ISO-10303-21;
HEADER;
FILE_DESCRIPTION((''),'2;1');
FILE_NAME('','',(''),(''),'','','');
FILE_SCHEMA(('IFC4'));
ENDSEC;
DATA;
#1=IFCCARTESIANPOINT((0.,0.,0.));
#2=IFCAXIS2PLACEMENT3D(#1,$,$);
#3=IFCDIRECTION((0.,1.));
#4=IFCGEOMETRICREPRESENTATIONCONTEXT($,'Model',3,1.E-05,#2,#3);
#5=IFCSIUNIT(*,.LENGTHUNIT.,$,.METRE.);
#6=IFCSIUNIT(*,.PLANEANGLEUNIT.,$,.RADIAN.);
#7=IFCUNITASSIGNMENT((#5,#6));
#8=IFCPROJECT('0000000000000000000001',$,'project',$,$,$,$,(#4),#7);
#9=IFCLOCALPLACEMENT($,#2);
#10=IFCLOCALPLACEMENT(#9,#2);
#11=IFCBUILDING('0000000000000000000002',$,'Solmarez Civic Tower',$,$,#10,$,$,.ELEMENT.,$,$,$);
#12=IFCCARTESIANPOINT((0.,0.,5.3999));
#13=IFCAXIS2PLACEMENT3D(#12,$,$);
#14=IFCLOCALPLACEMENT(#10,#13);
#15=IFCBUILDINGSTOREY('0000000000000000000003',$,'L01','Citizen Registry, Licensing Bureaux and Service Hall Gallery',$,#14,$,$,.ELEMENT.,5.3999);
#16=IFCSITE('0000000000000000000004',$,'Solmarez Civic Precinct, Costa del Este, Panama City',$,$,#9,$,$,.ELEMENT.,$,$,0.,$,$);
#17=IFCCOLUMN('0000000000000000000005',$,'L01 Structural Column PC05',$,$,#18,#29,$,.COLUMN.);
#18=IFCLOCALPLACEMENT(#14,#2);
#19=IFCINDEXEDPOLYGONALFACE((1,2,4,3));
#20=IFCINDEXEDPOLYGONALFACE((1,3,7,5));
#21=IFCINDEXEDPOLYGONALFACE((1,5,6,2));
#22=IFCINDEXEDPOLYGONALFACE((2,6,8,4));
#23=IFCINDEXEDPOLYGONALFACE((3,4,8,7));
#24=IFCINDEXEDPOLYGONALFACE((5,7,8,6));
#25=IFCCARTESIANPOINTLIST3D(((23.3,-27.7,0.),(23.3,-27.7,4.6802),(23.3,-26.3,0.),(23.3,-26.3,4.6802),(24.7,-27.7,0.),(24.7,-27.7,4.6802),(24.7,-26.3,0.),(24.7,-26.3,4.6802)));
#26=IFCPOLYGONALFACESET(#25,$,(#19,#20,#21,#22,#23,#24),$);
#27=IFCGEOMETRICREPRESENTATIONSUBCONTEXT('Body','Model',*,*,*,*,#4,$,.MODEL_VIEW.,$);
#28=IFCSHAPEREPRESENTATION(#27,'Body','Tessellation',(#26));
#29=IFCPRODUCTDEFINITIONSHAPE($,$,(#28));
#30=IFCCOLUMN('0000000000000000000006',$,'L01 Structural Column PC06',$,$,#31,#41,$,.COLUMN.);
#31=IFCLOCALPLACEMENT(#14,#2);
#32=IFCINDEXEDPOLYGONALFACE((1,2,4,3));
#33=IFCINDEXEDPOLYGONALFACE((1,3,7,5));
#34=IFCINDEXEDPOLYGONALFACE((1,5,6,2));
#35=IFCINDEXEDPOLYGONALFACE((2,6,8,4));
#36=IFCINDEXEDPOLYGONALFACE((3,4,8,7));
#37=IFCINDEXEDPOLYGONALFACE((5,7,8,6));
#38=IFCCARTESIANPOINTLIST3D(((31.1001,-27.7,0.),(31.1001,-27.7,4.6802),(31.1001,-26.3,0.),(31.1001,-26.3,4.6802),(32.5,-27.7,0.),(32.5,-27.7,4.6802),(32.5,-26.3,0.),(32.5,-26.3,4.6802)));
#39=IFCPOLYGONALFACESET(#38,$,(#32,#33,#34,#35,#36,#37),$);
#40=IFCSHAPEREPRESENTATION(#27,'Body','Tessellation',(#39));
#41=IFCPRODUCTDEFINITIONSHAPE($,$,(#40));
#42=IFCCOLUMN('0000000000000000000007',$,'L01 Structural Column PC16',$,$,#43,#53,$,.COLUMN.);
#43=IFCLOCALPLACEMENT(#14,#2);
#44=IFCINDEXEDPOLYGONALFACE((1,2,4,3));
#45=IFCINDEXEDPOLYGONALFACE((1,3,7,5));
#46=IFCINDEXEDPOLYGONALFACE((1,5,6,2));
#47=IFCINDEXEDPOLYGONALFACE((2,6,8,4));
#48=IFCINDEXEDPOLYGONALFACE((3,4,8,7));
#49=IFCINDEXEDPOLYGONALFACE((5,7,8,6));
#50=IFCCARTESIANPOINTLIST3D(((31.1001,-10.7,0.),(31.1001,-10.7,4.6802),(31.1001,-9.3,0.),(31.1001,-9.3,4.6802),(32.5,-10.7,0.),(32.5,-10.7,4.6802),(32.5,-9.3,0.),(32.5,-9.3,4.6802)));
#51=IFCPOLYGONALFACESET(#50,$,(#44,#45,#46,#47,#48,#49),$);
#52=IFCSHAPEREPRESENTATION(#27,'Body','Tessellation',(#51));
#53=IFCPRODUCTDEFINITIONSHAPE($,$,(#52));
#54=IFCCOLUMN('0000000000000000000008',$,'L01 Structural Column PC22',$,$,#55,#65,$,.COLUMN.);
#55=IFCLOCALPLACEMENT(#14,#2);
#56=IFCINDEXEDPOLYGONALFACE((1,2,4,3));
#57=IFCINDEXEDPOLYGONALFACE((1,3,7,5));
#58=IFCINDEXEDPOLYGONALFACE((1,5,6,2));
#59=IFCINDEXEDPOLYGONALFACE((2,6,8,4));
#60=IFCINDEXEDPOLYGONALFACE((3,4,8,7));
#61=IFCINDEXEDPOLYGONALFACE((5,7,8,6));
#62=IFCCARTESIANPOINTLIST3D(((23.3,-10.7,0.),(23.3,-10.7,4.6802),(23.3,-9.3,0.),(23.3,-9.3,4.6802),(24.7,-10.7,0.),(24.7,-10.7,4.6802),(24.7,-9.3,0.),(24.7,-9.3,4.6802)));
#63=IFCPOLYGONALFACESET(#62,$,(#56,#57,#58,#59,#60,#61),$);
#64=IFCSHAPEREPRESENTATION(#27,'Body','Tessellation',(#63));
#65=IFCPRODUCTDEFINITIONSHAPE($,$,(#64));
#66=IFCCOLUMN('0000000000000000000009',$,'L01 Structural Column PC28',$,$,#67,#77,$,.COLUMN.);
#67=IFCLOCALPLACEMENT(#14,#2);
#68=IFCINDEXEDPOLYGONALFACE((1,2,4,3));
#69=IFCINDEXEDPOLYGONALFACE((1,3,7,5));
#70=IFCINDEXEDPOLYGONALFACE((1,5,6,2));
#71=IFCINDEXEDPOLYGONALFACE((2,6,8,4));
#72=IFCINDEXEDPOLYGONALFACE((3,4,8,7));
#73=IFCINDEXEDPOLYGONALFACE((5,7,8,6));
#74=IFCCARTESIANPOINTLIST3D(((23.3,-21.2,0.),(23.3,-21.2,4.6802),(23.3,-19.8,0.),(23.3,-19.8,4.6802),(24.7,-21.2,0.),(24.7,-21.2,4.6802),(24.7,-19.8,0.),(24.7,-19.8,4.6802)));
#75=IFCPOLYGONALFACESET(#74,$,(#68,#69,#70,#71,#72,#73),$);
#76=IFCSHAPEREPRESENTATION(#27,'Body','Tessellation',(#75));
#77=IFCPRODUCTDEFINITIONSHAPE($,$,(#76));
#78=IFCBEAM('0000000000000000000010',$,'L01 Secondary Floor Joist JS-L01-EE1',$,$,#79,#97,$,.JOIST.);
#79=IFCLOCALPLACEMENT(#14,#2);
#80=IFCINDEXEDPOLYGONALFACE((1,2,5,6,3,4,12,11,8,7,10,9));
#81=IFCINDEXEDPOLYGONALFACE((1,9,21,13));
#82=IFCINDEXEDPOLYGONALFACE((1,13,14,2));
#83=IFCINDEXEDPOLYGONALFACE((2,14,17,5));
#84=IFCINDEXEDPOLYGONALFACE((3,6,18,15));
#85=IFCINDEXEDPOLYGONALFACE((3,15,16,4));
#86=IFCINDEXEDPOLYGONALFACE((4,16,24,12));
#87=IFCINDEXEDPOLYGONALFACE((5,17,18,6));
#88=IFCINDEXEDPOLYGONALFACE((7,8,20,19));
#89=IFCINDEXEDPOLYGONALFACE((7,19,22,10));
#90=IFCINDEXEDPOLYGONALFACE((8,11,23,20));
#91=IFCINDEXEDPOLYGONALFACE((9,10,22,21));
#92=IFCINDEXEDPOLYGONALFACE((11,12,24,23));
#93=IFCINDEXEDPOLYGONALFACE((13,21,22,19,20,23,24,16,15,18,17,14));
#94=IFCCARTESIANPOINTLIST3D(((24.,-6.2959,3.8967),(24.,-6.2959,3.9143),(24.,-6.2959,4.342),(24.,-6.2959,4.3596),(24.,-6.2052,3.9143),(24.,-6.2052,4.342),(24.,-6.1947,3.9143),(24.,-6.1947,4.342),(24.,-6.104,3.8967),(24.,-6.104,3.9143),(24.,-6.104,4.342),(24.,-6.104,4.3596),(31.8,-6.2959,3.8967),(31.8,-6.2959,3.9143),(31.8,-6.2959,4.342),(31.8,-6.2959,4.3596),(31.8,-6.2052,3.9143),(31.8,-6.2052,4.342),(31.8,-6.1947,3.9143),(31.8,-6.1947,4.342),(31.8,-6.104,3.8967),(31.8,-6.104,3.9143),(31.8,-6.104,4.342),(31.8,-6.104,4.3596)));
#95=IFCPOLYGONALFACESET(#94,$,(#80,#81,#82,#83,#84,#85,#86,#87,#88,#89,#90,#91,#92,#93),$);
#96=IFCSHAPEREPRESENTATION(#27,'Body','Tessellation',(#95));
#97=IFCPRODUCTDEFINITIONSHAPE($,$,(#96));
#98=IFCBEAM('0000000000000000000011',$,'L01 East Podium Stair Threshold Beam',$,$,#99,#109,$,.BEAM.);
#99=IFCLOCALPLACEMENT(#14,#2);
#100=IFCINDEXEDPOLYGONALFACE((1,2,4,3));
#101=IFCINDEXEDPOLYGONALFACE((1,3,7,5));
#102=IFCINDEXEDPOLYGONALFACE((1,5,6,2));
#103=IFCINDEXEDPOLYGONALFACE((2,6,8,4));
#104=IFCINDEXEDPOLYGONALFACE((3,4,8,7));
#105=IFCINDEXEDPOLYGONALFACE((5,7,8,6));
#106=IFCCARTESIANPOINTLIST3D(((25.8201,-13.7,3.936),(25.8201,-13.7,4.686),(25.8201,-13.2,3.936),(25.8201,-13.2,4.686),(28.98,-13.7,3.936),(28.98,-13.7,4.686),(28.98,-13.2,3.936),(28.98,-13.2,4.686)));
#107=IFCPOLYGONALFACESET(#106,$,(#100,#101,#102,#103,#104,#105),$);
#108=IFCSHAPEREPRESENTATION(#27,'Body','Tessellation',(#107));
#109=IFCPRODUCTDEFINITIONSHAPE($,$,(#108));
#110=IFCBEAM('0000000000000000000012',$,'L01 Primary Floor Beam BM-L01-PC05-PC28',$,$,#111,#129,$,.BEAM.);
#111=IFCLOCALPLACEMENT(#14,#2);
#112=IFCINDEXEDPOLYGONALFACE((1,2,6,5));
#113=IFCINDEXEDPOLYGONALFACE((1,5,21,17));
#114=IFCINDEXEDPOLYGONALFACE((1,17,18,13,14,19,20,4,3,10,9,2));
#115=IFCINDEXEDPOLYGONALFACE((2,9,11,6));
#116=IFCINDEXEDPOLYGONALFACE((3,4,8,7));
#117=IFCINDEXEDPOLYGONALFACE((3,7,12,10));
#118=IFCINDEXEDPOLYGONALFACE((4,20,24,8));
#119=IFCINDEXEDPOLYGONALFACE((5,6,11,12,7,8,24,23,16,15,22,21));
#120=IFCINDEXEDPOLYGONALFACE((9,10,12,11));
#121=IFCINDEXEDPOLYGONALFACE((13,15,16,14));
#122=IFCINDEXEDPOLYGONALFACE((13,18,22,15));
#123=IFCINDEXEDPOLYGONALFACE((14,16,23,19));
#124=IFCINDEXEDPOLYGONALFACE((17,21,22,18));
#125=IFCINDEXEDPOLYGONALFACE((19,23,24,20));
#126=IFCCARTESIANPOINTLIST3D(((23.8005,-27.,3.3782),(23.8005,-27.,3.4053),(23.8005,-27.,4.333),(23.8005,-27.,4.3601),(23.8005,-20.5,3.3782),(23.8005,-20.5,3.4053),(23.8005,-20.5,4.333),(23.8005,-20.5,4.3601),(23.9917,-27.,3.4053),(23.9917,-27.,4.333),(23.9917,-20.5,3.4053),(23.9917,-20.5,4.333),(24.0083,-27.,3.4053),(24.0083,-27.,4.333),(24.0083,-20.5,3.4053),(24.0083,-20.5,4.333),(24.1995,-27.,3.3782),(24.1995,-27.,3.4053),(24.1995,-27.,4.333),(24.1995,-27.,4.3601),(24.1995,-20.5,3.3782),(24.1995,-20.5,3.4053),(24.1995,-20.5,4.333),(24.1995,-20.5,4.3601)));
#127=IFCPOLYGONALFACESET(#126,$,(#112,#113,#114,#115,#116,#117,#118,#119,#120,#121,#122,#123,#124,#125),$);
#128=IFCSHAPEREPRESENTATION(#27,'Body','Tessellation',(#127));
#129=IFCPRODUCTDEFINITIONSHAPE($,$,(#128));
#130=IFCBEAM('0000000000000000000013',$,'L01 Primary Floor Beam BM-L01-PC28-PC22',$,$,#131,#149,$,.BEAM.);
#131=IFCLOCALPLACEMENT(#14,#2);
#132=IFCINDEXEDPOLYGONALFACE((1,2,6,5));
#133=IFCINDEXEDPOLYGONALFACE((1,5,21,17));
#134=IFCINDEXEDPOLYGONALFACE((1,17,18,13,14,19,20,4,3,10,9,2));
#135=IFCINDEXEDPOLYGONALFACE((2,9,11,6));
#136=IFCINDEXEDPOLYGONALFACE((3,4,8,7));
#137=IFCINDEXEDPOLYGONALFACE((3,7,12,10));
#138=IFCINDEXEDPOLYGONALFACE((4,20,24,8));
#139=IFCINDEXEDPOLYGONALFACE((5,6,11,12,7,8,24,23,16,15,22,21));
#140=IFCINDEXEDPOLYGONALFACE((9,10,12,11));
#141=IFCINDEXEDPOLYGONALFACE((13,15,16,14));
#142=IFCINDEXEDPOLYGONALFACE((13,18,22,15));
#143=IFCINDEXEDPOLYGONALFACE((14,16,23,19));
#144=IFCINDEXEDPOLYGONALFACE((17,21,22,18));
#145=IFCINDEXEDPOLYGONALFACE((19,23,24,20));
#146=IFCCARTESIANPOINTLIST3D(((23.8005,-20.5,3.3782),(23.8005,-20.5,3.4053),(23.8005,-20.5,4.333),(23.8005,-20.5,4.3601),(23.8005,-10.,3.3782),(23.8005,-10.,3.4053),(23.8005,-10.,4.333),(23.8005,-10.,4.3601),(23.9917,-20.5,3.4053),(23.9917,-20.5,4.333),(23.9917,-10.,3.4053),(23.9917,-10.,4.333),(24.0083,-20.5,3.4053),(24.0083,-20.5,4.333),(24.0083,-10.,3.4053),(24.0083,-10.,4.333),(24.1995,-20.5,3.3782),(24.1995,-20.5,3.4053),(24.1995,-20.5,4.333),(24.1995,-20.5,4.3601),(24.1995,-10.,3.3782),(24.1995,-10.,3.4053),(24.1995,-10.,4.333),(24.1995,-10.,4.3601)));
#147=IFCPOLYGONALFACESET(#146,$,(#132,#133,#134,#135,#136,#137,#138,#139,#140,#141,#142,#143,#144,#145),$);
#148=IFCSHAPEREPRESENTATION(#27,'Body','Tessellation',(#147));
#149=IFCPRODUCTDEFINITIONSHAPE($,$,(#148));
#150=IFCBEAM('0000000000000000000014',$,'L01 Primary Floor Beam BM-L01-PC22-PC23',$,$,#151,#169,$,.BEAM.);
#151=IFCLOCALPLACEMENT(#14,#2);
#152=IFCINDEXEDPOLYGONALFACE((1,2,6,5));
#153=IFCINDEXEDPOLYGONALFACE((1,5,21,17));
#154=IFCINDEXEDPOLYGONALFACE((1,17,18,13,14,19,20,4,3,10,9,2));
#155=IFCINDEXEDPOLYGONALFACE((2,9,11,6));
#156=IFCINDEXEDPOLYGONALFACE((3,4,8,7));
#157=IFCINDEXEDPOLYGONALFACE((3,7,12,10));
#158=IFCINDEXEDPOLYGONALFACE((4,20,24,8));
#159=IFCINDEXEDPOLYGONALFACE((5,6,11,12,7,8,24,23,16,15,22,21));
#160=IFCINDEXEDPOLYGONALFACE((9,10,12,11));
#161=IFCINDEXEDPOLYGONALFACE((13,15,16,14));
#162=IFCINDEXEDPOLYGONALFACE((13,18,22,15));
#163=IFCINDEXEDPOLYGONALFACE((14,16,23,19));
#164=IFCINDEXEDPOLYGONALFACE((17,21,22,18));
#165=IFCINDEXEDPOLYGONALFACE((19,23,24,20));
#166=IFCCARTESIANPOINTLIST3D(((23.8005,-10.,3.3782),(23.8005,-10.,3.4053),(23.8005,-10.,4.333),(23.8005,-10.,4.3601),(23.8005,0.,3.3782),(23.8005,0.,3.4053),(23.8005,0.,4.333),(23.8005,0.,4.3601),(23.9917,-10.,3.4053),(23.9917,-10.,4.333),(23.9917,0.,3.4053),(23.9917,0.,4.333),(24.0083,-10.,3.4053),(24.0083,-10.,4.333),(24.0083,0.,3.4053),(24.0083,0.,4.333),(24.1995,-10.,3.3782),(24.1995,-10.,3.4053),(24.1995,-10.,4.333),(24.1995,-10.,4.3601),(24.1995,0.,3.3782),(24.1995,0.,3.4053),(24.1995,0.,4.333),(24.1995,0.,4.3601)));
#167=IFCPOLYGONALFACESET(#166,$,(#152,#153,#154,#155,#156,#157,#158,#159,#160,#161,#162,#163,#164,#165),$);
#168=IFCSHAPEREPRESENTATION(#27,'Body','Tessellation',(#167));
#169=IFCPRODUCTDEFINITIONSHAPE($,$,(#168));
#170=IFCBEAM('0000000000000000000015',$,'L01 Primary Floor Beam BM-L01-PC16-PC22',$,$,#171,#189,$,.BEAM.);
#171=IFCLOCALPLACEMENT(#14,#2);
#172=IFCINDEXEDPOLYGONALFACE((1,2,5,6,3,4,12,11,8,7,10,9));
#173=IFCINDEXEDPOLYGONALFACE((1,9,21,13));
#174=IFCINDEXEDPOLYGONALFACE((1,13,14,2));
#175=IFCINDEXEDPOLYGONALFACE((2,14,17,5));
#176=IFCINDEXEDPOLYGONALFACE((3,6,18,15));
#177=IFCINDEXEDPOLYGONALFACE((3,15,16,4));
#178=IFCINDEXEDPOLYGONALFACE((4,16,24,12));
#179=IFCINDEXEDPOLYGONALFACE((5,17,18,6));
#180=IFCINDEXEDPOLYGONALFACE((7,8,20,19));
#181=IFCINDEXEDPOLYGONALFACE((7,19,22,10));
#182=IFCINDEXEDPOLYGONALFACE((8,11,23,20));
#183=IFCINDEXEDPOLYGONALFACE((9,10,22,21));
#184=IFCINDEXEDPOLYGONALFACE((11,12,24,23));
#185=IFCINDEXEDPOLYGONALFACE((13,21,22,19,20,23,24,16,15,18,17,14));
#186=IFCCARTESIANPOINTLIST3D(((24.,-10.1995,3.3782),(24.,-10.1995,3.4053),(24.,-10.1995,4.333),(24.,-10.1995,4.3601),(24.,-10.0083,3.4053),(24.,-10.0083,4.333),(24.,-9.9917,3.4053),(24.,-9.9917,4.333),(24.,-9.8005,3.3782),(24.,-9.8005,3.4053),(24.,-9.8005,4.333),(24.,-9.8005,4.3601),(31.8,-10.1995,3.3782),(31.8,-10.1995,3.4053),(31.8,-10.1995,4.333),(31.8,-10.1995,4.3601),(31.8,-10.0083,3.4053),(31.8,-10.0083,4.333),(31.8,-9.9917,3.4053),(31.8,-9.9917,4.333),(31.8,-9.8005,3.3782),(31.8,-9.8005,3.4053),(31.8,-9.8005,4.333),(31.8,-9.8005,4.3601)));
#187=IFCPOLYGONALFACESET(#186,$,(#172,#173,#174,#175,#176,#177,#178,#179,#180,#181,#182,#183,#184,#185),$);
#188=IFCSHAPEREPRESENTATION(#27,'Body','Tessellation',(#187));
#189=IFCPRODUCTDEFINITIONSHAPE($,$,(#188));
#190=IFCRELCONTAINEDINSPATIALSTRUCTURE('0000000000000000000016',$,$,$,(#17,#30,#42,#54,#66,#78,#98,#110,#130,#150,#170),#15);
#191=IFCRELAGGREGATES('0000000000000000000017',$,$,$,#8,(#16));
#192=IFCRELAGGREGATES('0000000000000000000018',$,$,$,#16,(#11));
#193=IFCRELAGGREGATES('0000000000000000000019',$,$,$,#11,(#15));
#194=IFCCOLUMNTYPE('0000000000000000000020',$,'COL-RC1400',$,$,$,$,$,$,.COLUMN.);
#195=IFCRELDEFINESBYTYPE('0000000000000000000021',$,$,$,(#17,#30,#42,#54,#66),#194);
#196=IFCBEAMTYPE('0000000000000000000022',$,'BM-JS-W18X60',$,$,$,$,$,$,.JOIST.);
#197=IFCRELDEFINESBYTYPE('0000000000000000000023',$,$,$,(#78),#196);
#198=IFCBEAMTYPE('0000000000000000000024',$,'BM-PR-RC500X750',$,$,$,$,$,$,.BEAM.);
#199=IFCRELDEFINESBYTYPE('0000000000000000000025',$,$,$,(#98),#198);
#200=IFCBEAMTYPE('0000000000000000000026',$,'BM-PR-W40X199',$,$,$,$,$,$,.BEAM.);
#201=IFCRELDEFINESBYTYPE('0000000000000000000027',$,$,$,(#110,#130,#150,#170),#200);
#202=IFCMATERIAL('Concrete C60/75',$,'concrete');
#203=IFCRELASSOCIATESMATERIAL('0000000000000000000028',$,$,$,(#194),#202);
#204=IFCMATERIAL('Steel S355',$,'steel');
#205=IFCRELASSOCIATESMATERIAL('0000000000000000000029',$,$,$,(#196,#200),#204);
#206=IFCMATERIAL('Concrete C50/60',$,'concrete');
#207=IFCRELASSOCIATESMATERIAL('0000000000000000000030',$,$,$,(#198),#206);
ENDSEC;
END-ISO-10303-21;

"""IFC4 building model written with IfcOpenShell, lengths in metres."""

from ifc_helpers import new_model, si_unit, direction, frame, origin, origin_2d, place, context, subcontext, project, spatial, rectangle, i_section, extrude, material, material_profile, profile_set, type_object, element, save


model = new_model("IFC4")

# Units and contexts
model_context = context("Model", 3, precision=1e-05, world=origin(), true_north=direction((0.0, 1.0)))
body_context = subcontext(model_context, "Body", "Model", "MODEL_VIEW")
ifc_project = project(units=[si_unit("LENGTHUNIT", "METRE"), si_unit("PLANEANGLEUNIT", "RADIAN")], contexts=[model_context])

# Site, building, storey
site_placement = place(None, origin())
site = spatial("IfcSite", under=ifc_project, at=site_placement, Name="Solmarez Civic Precinct, Costa del Este, Panama City", CompositionType="ELEMENT", RefElevation=0.0)
building_placement = place(site_placement, origin())
building = spatial("IfcBuilding", under=site, at=building_placement, Name="Solmarez Civic Tower", CompositionType="ELEMENT")
storey_placement = place(building_placement, frame((0.0, 0.0, 5.3999)))
storey = spatial("IfcBuildingStorey", under=building, at=storey_placement, Name="L01", Description="Citizen Registry, Licensing Bureaux and Service Hall Gallery", CompositionType="ELEMENT", Elevation=5.3999)

# Columns
ifc_material_1 = material(Name="Concrete C60/75", Category="concrete")
ifc_material_profile_1 = material_profile(ifc_material_1, rectangle(XDim=1.3999, YDim=1.3999, at=origin_2d()), Name="RC1400X1400")
ifc_profile_set_1 = profile_set([ifc_material_profile_1], Name="Concrete C60/75")
column_type = type_object("IfcColumnType", Name="COL-RC1400", PredefinedType="COLUMN", material=ifc_profile_set_1)
for number, where, z_axis, x_axis, name in (
    (1, (24.0, -27.0, 0.0), (0.0, 0.0, 1.0), (1.0, 0.0, 0.0), "L01 Structural Column PC05"),
    (2, (31.8, -27.0, 0.0), (0.0, 0.0, 1.0), (1.0, 0.0, 0.0), "L01 Structural Column PC06"),
    (3, (31.8, -10.0, 0.0), (0.0, 0.0, 1.0), (1.0, 0.0, 0.0), "L01 Structural Column PC16"),
    (4, (24.0, -10.0, 0.0), (0.0, 0.0, 1.0), (1.0, 0.0, 0.0), "L01 Structural Column PC22"),
    (5, (24.0, -20.5, 0.0), (0.0, 0.0, 1.0), (1.0, 0.0, 0.0), "L01 Structural Column PC28"),
):
    element("IfcColumn", number, at=place(storey_placement, frame(where, z_axis=z_axis, x_axis=x_axis)), inside=storey, type_object=column_type, Name=name, PredefinedType="COLUMN", context=body_context, shape_type="SweptSolid", body=[
        extrude(rectangle(XDim=1.3999, YDim=1.3999, at=origin_2d()), origin(), (0.0, 0.0, 1.0), 4.6802),
    ])

# Beams
ifc_material_2 = material(Name="Steel S355", Category="steel")
ifc_material_profile_2 = material_profile(ifc_material_2, i_section(OverallWidth=0.1919, OverallDepth=0.4629, WebThickness=0.0105, FlangeThickness=0.0176, at=origin_2d()), Name="W18X60")
ifc_profile_set_2 = profile_set([ifc_material_profile_2], Name="Steel S355")
beam_type_1 = type_object("IfcBeamType", Name="BM-JS-W18X60", PredefinedType="JOIST", material=ifc_profile_set_2)
beam_1_placement = place(storey_placement, frame((24.0, -6.2, 4.1282), z_axis=(1.0, 0.0, 0.0), x_axis=(0.0, 1.0, 0.0)))
element("IfcBeam", 6, at=beam_1_placement, inside=storey, type_object=beam_type_1, Name="L01 Secondary Floor Joist JS-L01-EE1", PredefinedType="JOIST", context=body_context, shape_type="SweptSolid", body=[
    extrude(i_section(OverallWidth=0.1919, OverallDepth=0.4629, WebThickness=0.0105, FlangeThickness=0.0176, at=origin_2d()), origin(), (0.0, 0.0, 1.0), 7.8),
])
ifc_material_3 = material(Name="Concrete C50/60", Category="concrete")
ifc_material_profile_3 = material_profile(ifc_material_3, rectangle(XDim=0.5, YDim=0.75, at=origin_2d()), Name="RC500X750")
ifc_profile_set_3 = profile_set([ifc_material_profile_3], Name="Concrete C50/60")
beam_type_2 = type_object("IfcBeamType", Name="BM-PR-RC500X750", PredefinedType="BEAM", material=ifc_profile_set_3)
beam_2_placement = place(storey_placement, frame((25.8201, -13.45, 4.311), z_axis=(1.0, 0.0, 0.0), x_axis=(0.0, 1.0, 0.0)))
element("IfcBeam", 7, at=beam_2_placement, inside=storey, type_object=beam_type_2, Name="L01 East Podium Stair Threshold Beam", PredefinedType="BEAM", context=body_context, shape_type="SweptSolid", body=[
    extrude(rectangle(XDim=0.5, YDim=0.75, at=origin_2d()), origin(), (0.0, 0.0, 1.0), 3.1599),
])
ifc_material_profile_4 = material_profile(ifc_material_2, i_section(OverallWidth=0.3989, OverallDepth=0.9819, WebThickness=0.0166, FlangeThickness=0.0271, at=origin_2d()), Name="W40X199")
ifc_profile_set_4 = profile_set([ifc_material_profile_4], Name="Steel S355")
beam_type_3 = type_object("IfcBeamType", Name="BM-PR-W40X199", PredefinedType="BEAM", material=ifc_profile_set_4)
beam_3_placement = place(storey_placement, frame((24.0, -27.0, 3.8691), z_axis=(0.0, 1.0, 0.0), x_axis=(-1.0, 0.0, 0.0)))
element("IfcBeam", 8, at=beam_3_placement, inside=storey, type_object=beam_type_3, Name="L01 Primary Floor Beam BM-L01-PC05-PC28", PredefinedType="BEAM", context=body_context, shape_type="SweptSolid", body=[
    extrude(i_section(OverallWidth=0.3989, OverallDepth=0.9819, WebThickness=0.0166, FlangeThickness=0.0271, at=origin_2d()), origin(), (0.0, 0.0, 1.0), 6.5),
])
beam_4_placement = place(storey_placement, frame((24.0, -20.5, 3.8691), z_axis=(0.0, 1.0, 0.0), x_axis=(-1.0, 0.0, 0.0)))
element("IfcBeam", 9, at=beam_4_placement, inside=storey, type_object=beam_type_3, Name="L01 Primary Floor Beam BM-L01-PC28-PC22", PredefinedType="BEAM", context=body_context, shape_type="SweptSolid", body=[
    extrude(i_section(OverallWidth=0.3989, OverallDepth=0.9819, WebThickness=0.0166, FlangeThickness=0.0271, at=origin_2d()), origin(), (0.0, 0.0, 1.0), 10.5),
])
beam_5_placement = place(storey_placement, frame((24.0, -10.0, 3.8691), z_axis=(0.0, 1.0, 0.0), x_axis=(-1.0, 0.0, 0.0)))
element("IfcBeam", 10, at=beam_5_placement, inside=storey, type_object=beam_type_3, Name="L01 Primary Floor Beam BM-L01-PC22-PC23", PredefinedType="BEAM", context=body_context, shape_type="SweptSolid", body=[
    extrude(i_section(OverallWidth=0.3989, OverallDepth=0.9819, WebThickness=0.0166, FlangeThickness=0.0271, at=origin_2d()), origin(), (0.0, 0.0, 1.0), 10.0),
])
beam_6_placement = place(storey_placement, frame((31.8, -10.0, 3.8691), z_axis=(-1.0, 0.0, 0.0), x_axis=(0.0, -1.0, 0.0)))
element("IfcBeam", 11, at=beam_6_placement, inside=storey, type_object=beam_type_3, Name="L01 Primary Floor Beam BM-L01-PC16-PC22", PredefinedType="BEAM", context=body_context, shape_type="SweptSolid", body=[
    extrude(i_section(OverallWidth=0.3989, OverallDepth=0.9819, WebThickness=0.0166, FlangeThickness=0.0271, at=origin_2d()), origin(), (0.0, 0.0, 1.0), 7.8),
])

save(model, "model.ifc")
